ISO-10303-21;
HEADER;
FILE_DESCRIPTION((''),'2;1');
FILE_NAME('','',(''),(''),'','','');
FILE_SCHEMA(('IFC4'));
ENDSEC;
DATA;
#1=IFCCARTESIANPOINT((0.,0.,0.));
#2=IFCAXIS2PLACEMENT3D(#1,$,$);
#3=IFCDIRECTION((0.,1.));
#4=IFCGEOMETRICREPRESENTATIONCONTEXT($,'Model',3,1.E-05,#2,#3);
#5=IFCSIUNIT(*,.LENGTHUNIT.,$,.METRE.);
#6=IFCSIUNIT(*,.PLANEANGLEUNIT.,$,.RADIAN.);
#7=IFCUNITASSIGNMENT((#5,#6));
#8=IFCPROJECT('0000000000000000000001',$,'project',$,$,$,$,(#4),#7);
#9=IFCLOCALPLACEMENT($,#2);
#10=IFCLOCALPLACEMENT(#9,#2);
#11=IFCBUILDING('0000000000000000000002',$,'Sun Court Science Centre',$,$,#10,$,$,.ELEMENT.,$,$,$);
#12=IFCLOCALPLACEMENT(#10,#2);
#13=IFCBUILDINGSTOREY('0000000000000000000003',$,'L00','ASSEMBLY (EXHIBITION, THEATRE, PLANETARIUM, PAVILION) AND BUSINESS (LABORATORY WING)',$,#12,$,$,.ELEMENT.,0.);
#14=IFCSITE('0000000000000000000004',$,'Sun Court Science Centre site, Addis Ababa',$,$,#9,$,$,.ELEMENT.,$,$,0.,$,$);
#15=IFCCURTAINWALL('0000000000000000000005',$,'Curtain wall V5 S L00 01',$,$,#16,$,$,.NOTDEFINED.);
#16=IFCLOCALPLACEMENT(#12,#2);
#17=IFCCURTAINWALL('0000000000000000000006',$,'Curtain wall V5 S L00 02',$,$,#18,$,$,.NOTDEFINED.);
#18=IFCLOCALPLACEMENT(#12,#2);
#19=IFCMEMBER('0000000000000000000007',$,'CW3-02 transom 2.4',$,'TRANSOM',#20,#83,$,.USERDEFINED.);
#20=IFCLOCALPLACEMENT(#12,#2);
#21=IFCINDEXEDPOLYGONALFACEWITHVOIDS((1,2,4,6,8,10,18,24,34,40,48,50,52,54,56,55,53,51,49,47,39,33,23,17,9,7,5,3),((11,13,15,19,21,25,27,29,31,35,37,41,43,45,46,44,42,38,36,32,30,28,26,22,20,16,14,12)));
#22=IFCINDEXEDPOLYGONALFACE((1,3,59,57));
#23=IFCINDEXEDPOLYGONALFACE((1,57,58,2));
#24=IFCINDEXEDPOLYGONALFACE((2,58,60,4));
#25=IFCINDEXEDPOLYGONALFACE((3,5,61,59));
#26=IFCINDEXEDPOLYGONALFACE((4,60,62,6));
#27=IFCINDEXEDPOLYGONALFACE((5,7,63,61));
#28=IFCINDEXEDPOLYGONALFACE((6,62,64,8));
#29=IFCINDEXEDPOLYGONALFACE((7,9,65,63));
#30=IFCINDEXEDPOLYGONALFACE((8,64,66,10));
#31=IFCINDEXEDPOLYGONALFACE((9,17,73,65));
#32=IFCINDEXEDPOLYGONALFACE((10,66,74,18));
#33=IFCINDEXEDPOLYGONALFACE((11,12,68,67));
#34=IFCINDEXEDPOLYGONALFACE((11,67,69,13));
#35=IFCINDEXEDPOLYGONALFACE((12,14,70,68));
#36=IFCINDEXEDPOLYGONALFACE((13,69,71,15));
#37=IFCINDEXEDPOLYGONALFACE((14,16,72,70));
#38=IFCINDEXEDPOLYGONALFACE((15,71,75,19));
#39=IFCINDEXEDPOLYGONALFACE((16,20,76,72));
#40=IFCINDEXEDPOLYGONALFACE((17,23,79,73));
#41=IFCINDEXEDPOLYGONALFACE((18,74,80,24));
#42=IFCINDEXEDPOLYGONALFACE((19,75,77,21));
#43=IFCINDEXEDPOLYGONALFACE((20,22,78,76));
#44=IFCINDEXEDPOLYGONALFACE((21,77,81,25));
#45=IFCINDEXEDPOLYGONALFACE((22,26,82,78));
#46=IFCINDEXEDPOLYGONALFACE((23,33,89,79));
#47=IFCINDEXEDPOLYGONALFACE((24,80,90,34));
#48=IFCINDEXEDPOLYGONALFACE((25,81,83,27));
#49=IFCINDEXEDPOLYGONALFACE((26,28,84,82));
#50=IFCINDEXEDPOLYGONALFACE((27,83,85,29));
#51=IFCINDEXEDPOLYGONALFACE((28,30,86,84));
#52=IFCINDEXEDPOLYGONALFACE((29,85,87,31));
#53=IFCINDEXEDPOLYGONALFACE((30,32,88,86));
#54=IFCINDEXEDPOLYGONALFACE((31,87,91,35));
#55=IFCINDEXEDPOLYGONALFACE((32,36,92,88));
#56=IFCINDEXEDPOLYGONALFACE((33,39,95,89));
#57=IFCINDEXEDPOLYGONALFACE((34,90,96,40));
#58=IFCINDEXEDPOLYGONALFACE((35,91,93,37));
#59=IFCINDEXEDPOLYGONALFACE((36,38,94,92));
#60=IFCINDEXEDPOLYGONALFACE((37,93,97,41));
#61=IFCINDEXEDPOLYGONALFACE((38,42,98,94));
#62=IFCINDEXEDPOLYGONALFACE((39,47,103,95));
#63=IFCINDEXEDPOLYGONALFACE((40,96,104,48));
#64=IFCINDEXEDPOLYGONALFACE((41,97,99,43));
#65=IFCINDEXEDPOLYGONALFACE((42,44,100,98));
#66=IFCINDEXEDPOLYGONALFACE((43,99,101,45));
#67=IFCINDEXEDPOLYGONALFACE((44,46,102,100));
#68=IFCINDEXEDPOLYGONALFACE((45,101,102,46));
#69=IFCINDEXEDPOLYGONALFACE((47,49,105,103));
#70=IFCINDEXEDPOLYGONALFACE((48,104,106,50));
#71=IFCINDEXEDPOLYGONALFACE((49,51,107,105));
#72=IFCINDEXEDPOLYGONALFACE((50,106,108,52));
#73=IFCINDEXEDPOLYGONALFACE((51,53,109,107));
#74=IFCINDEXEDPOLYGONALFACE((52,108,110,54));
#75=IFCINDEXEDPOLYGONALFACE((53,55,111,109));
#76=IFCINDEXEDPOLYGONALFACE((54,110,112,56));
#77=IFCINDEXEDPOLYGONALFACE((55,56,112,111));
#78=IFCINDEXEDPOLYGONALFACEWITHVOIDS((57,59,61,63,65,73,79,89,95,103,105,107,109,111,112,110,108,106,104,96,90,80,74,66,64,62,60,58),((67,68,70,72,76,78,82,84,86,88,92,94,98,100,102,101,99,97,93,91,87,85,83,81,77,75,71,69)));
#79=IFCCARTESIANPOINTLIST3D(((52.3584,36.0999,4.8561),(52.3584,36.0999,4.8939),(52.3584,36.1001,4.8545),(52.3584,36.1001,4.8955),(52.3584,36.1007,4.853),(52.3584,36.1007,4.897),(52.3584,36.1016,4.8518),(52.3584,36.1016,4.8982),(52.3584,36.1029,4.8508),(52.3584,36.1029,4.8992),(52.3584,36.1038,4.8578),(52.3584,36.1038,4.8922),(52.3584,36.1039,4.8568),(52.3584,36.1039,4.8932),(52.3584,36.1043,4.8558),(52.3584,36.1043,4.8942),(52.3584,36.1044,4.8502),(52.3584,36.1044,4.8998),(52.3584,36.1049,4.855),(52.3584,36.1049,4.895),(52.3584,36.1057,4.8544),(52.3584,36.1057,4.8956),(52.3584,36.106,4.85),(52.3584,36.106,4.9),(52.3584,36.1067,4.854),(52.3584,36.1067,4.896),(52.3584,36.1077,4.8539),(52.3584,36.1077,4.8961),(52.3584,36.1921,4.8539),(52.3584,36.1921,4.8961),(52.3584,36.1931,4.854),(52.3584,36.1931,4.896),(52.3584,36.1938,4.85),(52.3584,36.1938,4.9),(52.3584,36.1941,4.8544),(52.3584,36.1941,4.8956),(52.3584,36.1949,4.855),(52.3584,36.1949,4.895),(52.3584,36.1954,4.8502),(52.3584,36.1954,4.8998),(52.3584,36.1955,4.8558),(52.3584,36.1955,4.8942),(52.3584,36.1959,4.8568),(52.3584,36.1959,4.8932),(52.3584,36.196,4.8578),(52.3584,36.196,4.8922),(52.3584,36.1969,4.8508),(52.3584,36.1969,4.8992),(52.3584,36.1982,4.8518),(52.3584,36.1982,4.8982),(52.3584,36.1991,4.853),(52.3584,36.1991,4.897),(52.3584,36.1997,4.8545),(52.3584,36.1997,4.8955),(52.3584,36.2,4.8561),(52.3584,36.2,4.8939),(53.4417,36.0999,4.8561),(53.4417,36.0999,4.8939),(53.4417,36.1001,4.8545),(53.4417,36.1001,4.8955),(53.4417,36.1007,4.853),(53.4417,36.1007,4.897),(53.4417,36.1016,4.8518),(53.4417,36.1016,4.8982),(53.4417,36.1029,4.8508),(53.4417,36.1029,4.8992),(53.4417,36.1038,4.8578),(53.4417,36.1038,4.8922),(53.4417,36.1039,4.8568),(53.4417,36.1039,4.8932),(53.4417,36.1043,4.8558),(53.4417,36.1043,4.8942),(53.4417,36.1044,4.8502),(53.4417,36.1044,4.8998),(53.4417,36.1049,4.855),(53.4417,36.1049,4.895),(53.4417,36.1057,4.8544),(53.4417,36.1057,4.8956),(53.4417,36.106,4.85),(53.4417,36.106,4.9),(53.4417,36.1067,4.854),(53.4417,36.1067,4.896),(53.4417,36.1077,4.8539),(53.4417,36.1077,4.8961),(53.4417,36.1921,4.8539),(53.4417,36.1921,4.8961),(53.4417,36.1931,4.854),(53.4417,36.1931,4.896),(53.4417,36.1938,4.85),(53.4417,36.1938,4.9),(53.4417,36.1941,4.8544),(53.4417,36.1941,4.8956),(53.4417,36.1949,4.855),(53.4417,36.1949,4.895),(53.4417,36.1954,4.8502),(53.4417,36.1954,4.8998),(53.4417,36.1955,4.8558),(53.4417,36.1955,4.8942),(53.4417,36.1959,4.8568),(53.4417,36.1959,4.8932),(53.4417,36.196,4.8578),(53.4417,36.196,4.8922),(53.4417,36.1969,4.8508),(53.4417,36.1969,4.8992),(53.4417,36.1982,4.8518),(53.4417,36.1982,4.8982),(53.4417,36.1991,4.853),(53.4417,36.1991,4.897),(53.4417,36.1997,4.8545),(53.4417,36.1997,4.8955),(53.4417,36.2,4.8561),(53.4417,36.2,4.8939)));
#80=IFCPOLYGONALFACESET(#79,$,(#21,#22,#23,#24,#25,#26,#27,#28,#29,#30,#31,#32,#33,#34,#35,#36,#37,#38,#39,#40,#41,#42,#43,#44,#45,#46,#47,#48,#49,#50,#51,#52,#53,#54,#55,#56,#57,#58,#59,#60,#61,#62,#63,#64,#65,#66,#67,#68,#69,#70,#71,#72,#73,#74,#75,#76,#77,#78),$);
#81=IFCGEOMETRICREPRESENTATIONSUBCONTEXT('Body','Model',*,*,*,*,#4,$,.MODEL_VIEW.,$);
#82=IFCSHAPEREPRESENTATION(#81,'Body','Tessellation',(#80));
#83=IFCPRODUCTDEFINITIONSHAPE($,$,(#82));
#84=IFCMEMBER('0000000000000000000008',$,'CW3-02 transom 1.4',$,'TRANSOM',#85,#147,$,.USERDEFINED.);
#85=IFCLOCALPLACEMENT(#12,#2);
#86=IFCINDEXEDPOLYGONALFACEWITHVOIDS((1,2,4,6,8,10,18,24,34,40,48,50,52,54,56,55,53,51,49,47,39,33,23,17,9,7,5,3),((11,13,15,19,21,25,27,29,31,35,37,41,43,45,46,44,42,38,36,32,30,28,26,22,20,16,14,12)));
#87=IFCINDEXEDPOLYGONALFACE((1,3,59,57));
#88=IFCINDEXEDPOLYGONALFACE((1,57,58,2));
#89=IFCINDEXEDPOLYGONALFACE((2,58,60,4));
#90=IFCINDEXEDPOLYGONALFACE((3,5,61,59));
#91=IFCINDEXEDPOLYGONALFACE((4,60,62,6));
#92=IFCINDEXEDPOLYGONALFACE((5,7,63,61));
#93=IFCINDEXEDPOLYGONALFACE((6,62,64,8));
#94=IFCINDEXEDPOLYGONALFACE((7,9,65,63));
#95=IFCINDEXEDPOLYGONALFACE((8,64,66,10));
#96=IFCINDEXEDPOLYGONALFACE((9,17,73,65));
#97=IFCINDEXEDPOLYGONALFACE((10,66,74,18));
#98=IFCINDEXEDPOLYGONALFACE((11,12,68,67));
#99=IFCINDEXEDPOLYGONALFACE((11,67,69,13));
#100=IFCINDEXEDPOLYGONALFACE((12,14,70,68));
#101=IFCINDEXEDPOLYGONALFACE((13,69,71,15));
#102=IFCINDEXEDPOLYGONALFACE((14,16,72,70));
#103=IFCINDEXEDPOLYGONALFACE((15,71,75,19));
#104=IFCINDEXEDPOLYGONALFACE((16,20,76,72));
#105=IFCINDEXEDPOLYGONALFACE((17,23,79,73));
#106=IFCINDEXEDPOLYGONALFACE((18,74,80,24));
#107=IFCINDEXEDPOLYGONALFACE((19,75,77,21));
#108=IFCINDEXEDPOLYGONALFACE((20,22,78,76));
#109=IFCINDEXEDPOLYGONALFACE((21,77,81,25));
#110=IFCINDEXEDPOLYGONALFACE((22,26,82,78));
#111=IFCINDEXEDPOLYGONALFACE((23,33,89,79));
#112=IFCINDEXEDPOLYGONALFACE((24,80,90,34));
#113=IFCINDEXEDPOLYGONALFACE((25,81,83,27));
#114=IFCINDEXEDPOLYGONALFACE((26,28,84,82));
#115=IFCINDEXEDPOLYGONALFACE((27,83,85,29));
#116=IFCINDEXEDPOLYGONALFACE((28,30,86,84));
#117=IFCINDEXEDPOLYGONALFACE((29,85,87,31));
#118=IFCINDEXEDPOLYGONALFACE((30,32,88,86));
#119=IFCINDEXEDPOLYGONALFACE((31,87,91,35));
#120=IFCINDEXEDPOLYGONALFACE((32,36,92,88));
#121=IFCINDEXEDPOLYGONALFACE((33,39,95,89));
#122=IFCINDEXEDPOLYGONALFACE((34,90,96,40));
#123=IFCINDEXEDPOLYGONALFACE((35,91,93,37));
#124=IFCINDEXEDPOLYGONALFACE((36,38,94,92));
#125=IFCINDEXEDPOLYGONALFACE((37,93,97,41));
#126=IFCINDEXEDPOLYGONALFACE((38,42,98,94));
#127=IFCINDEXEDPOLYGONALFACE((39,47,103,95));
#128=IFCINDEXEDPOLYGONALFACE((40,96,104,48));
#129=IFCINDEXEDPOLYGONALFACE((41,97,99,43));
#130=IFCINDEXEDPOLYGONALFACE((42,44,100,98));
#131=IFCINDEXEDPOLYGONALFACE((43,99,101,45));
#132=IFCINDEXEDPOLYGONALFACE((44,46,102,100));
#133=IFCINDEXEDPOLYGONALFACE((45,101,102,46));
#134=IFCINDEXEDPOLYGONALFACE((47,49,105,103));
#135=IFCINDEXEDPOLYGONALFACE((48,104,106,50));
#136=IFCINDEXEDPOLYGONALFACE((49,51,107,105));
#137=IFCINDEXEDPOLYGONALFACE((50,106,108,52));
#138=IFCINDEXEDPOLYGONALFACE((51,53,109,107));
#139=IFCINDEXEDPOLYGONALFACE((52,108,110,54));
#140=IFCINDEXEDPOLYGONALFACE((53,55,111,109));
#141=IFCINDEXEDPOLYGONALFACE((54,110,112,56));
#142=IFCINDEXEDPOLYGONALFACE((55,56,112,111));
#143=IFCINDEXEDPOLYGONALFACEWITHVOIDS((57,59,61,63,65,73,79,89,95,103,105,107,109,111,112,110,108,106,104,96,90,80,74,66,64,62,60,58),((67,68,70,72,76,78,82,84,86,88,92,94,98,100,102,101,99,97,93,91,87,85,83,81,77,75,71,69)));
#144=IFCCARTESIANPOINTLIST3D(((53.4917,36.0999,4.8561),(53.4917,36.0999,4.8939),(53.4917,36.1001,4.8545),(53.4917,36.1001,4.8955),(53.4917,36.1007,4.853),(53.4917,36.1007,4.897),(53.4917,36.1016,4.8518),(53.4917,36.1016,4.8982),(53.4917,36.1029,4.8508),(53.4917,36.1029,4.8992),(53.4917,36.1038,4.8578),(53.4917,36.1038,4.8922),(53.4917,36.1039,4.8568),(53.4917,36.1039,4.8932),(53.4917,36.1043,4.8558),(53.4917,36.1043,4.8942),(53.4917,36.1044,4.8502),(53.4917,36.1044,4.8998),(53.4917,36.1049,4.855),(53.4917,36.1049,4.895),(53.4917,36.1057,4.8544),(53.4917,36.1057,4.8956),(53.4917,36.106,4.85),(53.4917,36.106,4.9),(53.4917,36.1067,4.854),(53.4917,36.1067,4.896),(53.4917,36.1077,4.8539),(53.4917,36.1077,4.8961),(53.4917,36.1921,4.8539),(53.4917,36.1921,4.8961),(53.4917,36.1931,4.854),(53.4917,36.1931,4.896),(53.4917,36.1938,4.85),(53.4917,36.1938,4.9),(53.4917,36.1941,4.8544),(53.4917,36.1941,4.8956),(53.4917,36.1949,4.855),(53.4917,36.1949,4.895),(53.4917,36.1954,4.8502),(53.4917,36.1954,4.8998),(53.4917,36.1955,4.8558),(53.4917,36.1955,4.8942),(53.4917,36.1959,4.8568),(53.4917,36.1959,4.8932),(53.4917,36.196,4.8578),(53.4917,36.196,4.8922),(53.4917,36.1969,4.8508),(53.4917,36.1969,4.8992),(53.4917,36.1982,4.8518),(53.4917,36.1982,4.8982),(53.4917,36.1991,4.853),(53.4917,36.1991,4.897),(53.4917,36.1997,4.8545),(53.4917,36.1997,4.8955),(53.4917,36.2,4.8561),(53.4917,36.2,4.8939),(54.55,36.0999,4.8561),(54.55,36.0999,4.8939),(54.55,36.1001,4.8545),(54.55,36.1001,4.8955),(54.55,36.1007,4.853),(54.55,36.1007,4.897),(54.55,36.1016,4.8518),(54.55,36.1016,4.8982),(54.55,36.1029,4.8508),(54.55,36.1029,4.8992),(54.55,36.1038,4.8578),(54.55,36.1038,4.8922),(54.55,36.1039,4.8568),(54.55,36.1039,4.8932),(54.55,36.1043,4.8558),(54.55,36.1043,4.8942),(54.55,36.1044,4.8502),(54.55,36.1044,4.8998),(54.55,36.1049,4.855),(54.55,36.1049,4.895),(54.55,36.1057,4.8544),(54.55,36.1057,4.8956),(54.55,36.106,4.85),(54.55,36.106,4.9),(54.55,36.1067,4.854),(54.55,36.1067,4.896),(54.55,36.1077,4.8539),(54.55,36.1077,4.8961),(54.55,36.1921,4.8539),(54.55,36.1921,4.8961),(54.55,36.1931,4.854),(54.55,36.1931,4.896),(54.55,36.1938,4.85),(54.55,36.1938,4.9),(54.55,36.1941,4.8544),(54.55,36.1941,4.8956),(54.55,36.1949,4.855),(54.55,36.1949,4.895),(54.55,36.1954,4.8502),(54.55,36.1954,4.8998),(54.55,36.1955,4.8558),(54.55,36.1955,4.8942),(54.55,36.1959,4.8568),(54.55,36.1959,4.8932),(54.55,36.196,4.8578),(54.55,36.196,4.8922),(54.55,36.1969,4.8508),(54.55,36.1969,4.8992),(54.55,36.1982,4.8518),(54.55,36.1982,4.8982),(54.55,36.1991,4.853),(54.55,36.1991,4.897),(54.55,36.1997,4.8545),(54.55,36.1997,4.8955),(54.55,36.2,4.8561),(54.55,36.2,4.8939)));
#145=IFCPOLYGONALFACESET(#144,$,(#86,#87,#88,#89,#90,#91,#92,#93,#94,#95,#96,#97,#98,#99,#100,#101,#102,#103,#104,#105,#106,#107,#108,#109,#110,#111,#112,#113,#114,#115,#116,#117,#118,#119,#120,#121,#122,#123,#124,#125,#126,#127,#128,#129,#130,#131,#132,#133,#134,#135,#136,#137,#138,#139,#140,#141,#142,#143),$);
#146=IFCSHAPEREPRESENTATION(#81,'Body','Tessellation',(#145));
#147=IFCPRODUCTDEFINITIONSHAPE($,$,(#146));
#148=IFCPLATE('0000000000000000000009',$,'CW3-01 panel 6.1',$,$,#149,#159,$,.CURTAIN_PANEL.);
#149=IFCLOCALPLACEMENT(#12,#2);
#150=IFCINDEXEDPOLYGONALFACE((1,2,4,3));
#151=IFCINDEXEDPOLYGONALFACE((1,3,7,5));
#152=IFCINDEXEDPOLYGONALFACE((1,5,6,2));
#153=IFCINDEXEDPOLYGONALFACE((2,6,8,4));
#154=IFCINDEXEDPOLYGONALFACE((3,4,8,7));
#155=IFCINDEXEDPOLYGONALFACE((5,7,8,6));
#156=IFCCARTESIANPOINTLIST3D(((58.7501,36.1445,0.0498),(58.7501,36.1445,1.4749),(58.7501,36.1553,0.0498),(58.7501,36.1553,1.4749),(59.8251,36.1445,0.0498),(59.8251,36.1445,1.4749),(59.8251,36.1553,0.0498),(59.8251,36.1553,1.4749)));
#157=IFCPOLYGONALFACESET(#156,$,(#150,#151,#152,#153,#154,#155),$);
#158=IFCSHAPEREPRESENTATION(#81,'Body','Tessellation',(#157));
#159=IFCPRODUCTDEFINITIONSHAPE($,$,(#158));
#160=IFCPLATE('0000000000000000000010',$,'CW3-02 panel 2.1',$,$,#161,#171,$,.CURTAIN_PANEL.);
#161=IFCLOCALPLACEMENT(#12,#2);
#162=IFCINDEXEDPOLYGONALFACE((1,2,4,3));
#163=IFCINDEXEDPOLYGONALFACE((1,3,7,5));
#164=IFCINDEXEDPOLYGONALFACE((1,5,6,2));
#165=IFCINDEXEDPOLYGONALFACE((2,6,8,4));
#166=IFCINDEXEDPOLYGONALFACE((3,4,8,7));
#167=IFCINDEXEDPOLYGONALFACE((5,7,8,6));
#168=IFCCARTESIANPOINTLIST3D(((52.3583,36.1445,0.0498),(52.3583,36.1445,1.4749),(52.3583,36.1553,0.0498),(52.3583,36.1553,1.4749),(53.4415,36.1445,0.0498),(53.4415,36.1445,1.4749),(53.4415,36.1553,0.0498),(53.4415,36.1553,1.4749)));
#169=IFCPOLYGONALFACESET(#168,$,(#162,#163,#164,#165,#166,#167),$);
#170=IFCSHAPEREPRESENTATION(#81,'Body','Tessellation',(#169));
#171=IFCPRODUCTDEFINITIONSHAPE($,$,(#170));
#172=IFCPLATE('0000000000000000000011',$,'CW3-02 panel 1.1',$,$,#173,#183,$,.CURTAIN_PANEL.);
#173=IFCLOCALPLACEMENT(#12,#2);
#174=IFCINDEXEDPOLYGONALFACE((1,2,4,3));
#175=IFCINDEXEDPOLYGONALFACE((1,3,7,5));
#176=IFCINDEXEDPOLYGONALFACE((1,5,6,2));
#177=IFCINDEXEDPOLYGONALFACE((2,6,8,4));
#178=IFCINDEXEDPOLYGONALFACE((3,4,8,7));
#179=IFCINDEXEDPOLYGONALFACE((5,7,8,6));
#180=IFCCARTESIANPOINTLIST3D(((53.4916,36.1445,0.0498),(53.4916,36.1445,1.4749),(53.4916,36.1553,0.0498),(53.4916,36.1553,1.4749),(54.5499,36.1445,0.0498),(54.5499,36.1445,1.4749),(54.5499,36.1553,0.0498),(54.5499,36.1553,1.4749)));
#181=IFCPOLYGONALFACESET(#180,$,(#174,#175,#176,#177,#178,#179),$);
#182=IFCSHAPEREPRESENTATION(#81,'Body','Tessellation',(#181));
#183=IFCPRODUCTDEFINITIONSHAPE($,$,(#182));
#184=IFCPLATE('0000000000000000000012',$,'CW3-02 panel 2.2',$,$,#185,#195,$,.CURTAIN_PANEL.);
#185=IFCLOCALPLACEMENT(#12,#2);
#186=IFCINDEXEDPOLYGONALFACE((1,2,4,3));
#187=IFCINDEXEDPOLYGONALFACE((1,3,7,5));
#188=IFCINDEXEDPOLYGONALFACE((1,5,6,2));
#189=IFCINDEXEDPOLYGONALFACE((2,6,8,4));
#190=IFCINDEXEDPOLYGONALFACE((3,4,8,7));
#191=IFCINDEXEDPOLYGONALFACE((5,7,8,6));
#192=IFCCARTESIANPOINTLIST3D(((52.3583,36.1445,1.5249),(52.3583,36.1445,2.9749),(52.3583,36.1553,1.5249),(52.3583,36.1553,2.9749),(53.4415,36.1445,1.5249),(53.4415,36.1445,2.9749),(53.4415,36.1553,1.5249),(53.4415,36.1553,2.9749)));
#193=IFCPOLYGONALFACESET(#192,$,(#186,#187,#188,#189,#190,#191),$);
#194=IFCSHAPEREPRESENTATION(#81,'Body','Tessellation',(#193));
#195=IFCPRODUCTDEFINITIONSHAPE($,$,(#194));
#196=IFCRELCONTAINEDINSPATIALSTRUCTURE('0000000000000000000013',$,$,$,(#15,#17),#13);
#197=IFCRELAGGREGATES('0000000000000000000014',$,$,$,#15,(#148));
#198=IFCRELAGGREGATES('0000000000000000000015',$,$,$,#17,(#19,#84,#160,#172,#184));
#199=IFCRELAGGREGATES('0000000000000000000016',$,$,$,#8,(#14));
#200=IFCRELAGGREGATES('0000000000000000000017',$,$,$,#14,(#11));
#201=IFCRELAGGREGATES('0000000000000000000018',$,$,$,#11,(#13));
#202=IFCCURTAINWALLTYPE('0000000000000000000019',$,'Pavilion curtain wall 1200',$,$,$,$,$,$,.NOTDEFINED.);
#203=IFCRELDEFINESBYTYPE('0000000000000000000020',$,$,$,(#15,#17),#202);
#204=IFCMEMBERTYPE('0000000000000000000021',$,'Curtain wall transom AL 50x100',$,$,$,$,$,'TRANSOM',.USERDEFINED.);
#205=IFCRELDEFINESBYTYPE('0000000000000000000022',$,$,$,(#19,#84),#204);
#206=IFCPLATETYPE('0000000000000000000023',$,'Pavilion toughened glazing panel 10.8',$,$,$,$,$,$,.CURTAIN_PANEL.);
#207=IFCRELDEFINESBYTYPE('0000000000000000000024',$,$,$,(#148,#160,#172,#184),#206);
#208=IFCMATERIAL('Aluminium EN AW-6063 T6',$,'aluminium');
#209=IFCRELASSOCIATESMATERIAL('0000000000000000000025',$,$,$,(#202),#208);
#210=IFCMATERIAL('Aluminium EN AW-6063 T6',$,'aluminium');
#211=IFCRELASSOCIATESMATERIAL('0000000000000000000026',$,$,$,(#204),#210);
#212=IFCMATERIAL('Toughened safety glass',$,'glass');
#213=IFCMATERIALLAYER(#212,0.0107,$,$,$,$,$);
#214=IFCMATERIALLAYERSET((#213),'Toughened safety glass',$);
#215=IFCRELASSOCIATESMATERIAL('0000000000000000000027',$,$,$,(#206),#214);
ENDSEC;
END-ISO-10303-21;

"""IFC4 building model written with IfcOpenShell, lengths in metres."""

from ifc_helpers import new_model, si_unit, direction, frame, origin, origin_2d, place, context, subcontext, project, spatial, rectangle, hollow_rectangle, extrude, material, layer, layer_set, material_profile, profile_set, type_object, element, aggregate, save


model = new_model("IFC4")

# Units and contexts
model_context = context("Model", 3, precision=1e-05, world=origin(), true_north=direction((0.0, 1.0)))
body_context = subcontext(model_context, "Body", "Model", "MODEL_VIEW")
ifc_project = project(units=[si_unit("LENGTHUNIT", "METRE"), si_unit("PLANEANGLEUNIT", "RADIAN")], contexts=[model_context])

# Site, building, storey
site_placement = place(None, origin())
site = spatial("IfcSite", under=ifc_project, at=site_placement, Name="Sun Court Science Centre site, Addis Ababa", CompositionType="ELEMENT", RefElevation=0.0)
building_placement = place(site_placement, origin())
building = spatial("IfcBuilding", under=site, at=building_placement, Name="Sun Court Science Centre", CompositionType="ELEMENT")
storey_placement = place(building_placement, origin())
storey = spatial("IfcBuildingStorey", under=building, at=storey_placement, Name="L00", Description="ASSEMBLY (EXHIBITION, THEATRE, PLANETARIUM, PAVILION) AND BUSINESS (LABORATORY WING)", CompositionType="ELEMENT", Elevation=0.0)

# Curtain wall
ifc_material_1 = material(Name="Aluminium EN AW-6063 T6", Category="aluminium")
curtain_wall_type = type_object("IfcCurtainWallType", Name="Pavilion curtain wall 1200", PredefinedType="NOTDEFINED", material=ifc_material_1)
curtain_wall_1_placement = place(storey_placement, origin())
curtain_wall_1 = element("IfcCurtainWall", 1, at=curtain_wall_1_placement, inside=storey, type_object=curtain_wall_type, Name="Curtain wall V5 S L00 01", PredefinedType="NOTDEFINED")

# Curtain wall, members
curtain_wall_2_placement = place(storey_placement, origin())
curtain_wall_2 = element("IfcCurtainWall", 2, at=curtain_wall_2_placement, inside=storey, type_object=curtain_wall_type, Name="Curtain wall V5 S L00 02", PredefinedType="NOTDEFINED")
ifc_material_2 = material(Name="Aluminium EN AW-6063 T6", Category="aluminium")
ifc_material_profile_1 = material_profile(ifc_material_2, hollow_rectangle(XDim=0.05, YDim=0.1001, WallThickness=0.0039, InnerFilletRadius=0.0039, OuterFilletRadius=0.0061, at=origin_2d()), Name="AL 50x100x4")
ifc_profile_set_1 = profile_set([ifc_material_profile_1], Name="Aluminium EN AW-6063 T6")
member_type_1 = type_object("IfcMemberType", Name="Curtain wall transom AL 50x100", ElementType="TRANSOM", PredefinedType="USERDEFINED", material=ifc_profile_set_1)
member_1_placement = place(storey_placement, frame((53.4417, 36.1499, 4.875), z_axis=(-1.0, 0.0, 0.0), x_axis=(0.0, 0.0, 1.0)))
member_1 = element("IfcMember", 3, at=member_1_placement, type_object=member_type_1, Name="CW3-02 transom 2.4", ObjectType="TRANSOM", PredefinedType="USERDEFINED", context=body_context, shape_type="SweptSolid", body=[
    extrude(hollow_rectangle(XDim=0.05, YDim=0.1001, WallThickness=0.0039, InnerFilletRadius=0.0039, OuterFilletRadius=0.0061, at=origin_2d()), origin(), (0.0, 0.0, 1.0), 1.0833),
])
member_2_placement = place(storey_placement, frame((54.55, 36.1499, 4.875), z_axis=(-1.0, 0.0, 0.0), x_axis=(0.0, 0.0, 1.0)))
member_2 = element("IfcMember", 4, at=member_2_placement, type_object=member_type_1, Name="CW3-02 transom 1.4", ObjectType="TRANSOM", PredefinedType="USERDEFINED", context=body_context, shape_type="SweptSolid", body=[
    extrude(hollow_rectangle(XDim=0.05, YDim=0.1001, WallThickness=0.0039, InnerFilletRadius=0.0039, OuterFilletRadius=0.0061, at=origin_2d()), origin(), (0.0, 0.0, 1.0), 1.0583),
])

# Plates
ifc_material_3 = material(Name="Toughened safety glass", Category="glass")
ifc_layer_1 = layer(ifc_material_3, 0.0107)
ifc_layer_set_1 = layer_set([ifc_layer_1], Name="Toughened safety glass")
plate_type = type_object("IfcPlateType", Name="Pavilion toughened glazing panel 10.8", PredefinedType="CURTAIN_PANEL", material=ifc_layer_set_1)
plate_1_placement = place(storey_placement, frame((59.2876, 36.1499, 0.0498), z_axis=(0.0, 0.0, 1.0), x_axis=(-1.0, 0.0, 0.0)))
plate_1 = element("IfcPlate", 5, at=plate_1_placement, type_object=plate_type, Name="CW3-01 panel 6.1", PredefinedType="CURTAIN_PANEL", context=body_context, shape_type="SweptSolid", body=[
    extrude(rectangle(XDim=1.075, YDim=0.0107, at=origin_2d()), origin(), (0.0, 0.0, 1.0), 1.425),
])
aggregate(curtain_wall_1, [plate_1])
plate_2_placement = place(storey_placement, frame((52.8999, 36.1499, 0.0498), z_axis=(0.0, 0.0, 1.0), x_axis=(-1.0, 0.0, 0.0)))
plate_2 = element("IfcPlate", 6, at=plate_2_placement, type_object=plate_type, Name="CW3-02 panel 2.1", PredefinedType="CURTAIN_PANEL", context=body_context, shape_type="SweptSolid", body=[
    extrude(rectangle(XDim=1.0833, YDim=0.0107, at=origin_2d()), origin(), (0.0, 0.0, 1.0), 1.425),
])
plate_3_placement = place(storey_placement, frame((54.0208, 36.1499, 0.0498), z_axis=(0.0, 0.0, 1.0), x_axis=(-1.0, 0.0, 0.0)))
plate_3 = element("IfcPlate", 7, at=plate_3_placement, type_object=plate_type, Name="CW3-02 panel 1.1", PredefinedType="CURTAIN_PANEL", context=body_context, shape_type="SweptSolid", body=[
    extrude(rectangle(XDim=1.0583, YDim=0.0107, at=origin_2d()), origin(), (0.0, 0.0, 1.0), 1.425),
])
plate_4_placement = place(storey_placement, frame((52.8999, 36.1499, 1.5249), z_axis=(0.0, 0.0, 1.0), x_axis=(-1.0, 0.0, 0.0)))
plate_4 = element("IfcPlate", 8, at=plate_4_placement, type_object=plate_type, Name="CW3-02 panel 2.2", PredefinedType="CURTAIN_PANEL", context=body_context, shape_type="SweptSolid", body=[
    extrude(rectangle(XDim=1.0833, YDim=0.0107, at=origin_2d()), origin(), (0.0, 0.0, 1.0), 1.45),
])
aggregate(curtain_wall_2, [member_1, member_2, plate_2, plate_3, plate_4])

save(model, "model.ifc")
